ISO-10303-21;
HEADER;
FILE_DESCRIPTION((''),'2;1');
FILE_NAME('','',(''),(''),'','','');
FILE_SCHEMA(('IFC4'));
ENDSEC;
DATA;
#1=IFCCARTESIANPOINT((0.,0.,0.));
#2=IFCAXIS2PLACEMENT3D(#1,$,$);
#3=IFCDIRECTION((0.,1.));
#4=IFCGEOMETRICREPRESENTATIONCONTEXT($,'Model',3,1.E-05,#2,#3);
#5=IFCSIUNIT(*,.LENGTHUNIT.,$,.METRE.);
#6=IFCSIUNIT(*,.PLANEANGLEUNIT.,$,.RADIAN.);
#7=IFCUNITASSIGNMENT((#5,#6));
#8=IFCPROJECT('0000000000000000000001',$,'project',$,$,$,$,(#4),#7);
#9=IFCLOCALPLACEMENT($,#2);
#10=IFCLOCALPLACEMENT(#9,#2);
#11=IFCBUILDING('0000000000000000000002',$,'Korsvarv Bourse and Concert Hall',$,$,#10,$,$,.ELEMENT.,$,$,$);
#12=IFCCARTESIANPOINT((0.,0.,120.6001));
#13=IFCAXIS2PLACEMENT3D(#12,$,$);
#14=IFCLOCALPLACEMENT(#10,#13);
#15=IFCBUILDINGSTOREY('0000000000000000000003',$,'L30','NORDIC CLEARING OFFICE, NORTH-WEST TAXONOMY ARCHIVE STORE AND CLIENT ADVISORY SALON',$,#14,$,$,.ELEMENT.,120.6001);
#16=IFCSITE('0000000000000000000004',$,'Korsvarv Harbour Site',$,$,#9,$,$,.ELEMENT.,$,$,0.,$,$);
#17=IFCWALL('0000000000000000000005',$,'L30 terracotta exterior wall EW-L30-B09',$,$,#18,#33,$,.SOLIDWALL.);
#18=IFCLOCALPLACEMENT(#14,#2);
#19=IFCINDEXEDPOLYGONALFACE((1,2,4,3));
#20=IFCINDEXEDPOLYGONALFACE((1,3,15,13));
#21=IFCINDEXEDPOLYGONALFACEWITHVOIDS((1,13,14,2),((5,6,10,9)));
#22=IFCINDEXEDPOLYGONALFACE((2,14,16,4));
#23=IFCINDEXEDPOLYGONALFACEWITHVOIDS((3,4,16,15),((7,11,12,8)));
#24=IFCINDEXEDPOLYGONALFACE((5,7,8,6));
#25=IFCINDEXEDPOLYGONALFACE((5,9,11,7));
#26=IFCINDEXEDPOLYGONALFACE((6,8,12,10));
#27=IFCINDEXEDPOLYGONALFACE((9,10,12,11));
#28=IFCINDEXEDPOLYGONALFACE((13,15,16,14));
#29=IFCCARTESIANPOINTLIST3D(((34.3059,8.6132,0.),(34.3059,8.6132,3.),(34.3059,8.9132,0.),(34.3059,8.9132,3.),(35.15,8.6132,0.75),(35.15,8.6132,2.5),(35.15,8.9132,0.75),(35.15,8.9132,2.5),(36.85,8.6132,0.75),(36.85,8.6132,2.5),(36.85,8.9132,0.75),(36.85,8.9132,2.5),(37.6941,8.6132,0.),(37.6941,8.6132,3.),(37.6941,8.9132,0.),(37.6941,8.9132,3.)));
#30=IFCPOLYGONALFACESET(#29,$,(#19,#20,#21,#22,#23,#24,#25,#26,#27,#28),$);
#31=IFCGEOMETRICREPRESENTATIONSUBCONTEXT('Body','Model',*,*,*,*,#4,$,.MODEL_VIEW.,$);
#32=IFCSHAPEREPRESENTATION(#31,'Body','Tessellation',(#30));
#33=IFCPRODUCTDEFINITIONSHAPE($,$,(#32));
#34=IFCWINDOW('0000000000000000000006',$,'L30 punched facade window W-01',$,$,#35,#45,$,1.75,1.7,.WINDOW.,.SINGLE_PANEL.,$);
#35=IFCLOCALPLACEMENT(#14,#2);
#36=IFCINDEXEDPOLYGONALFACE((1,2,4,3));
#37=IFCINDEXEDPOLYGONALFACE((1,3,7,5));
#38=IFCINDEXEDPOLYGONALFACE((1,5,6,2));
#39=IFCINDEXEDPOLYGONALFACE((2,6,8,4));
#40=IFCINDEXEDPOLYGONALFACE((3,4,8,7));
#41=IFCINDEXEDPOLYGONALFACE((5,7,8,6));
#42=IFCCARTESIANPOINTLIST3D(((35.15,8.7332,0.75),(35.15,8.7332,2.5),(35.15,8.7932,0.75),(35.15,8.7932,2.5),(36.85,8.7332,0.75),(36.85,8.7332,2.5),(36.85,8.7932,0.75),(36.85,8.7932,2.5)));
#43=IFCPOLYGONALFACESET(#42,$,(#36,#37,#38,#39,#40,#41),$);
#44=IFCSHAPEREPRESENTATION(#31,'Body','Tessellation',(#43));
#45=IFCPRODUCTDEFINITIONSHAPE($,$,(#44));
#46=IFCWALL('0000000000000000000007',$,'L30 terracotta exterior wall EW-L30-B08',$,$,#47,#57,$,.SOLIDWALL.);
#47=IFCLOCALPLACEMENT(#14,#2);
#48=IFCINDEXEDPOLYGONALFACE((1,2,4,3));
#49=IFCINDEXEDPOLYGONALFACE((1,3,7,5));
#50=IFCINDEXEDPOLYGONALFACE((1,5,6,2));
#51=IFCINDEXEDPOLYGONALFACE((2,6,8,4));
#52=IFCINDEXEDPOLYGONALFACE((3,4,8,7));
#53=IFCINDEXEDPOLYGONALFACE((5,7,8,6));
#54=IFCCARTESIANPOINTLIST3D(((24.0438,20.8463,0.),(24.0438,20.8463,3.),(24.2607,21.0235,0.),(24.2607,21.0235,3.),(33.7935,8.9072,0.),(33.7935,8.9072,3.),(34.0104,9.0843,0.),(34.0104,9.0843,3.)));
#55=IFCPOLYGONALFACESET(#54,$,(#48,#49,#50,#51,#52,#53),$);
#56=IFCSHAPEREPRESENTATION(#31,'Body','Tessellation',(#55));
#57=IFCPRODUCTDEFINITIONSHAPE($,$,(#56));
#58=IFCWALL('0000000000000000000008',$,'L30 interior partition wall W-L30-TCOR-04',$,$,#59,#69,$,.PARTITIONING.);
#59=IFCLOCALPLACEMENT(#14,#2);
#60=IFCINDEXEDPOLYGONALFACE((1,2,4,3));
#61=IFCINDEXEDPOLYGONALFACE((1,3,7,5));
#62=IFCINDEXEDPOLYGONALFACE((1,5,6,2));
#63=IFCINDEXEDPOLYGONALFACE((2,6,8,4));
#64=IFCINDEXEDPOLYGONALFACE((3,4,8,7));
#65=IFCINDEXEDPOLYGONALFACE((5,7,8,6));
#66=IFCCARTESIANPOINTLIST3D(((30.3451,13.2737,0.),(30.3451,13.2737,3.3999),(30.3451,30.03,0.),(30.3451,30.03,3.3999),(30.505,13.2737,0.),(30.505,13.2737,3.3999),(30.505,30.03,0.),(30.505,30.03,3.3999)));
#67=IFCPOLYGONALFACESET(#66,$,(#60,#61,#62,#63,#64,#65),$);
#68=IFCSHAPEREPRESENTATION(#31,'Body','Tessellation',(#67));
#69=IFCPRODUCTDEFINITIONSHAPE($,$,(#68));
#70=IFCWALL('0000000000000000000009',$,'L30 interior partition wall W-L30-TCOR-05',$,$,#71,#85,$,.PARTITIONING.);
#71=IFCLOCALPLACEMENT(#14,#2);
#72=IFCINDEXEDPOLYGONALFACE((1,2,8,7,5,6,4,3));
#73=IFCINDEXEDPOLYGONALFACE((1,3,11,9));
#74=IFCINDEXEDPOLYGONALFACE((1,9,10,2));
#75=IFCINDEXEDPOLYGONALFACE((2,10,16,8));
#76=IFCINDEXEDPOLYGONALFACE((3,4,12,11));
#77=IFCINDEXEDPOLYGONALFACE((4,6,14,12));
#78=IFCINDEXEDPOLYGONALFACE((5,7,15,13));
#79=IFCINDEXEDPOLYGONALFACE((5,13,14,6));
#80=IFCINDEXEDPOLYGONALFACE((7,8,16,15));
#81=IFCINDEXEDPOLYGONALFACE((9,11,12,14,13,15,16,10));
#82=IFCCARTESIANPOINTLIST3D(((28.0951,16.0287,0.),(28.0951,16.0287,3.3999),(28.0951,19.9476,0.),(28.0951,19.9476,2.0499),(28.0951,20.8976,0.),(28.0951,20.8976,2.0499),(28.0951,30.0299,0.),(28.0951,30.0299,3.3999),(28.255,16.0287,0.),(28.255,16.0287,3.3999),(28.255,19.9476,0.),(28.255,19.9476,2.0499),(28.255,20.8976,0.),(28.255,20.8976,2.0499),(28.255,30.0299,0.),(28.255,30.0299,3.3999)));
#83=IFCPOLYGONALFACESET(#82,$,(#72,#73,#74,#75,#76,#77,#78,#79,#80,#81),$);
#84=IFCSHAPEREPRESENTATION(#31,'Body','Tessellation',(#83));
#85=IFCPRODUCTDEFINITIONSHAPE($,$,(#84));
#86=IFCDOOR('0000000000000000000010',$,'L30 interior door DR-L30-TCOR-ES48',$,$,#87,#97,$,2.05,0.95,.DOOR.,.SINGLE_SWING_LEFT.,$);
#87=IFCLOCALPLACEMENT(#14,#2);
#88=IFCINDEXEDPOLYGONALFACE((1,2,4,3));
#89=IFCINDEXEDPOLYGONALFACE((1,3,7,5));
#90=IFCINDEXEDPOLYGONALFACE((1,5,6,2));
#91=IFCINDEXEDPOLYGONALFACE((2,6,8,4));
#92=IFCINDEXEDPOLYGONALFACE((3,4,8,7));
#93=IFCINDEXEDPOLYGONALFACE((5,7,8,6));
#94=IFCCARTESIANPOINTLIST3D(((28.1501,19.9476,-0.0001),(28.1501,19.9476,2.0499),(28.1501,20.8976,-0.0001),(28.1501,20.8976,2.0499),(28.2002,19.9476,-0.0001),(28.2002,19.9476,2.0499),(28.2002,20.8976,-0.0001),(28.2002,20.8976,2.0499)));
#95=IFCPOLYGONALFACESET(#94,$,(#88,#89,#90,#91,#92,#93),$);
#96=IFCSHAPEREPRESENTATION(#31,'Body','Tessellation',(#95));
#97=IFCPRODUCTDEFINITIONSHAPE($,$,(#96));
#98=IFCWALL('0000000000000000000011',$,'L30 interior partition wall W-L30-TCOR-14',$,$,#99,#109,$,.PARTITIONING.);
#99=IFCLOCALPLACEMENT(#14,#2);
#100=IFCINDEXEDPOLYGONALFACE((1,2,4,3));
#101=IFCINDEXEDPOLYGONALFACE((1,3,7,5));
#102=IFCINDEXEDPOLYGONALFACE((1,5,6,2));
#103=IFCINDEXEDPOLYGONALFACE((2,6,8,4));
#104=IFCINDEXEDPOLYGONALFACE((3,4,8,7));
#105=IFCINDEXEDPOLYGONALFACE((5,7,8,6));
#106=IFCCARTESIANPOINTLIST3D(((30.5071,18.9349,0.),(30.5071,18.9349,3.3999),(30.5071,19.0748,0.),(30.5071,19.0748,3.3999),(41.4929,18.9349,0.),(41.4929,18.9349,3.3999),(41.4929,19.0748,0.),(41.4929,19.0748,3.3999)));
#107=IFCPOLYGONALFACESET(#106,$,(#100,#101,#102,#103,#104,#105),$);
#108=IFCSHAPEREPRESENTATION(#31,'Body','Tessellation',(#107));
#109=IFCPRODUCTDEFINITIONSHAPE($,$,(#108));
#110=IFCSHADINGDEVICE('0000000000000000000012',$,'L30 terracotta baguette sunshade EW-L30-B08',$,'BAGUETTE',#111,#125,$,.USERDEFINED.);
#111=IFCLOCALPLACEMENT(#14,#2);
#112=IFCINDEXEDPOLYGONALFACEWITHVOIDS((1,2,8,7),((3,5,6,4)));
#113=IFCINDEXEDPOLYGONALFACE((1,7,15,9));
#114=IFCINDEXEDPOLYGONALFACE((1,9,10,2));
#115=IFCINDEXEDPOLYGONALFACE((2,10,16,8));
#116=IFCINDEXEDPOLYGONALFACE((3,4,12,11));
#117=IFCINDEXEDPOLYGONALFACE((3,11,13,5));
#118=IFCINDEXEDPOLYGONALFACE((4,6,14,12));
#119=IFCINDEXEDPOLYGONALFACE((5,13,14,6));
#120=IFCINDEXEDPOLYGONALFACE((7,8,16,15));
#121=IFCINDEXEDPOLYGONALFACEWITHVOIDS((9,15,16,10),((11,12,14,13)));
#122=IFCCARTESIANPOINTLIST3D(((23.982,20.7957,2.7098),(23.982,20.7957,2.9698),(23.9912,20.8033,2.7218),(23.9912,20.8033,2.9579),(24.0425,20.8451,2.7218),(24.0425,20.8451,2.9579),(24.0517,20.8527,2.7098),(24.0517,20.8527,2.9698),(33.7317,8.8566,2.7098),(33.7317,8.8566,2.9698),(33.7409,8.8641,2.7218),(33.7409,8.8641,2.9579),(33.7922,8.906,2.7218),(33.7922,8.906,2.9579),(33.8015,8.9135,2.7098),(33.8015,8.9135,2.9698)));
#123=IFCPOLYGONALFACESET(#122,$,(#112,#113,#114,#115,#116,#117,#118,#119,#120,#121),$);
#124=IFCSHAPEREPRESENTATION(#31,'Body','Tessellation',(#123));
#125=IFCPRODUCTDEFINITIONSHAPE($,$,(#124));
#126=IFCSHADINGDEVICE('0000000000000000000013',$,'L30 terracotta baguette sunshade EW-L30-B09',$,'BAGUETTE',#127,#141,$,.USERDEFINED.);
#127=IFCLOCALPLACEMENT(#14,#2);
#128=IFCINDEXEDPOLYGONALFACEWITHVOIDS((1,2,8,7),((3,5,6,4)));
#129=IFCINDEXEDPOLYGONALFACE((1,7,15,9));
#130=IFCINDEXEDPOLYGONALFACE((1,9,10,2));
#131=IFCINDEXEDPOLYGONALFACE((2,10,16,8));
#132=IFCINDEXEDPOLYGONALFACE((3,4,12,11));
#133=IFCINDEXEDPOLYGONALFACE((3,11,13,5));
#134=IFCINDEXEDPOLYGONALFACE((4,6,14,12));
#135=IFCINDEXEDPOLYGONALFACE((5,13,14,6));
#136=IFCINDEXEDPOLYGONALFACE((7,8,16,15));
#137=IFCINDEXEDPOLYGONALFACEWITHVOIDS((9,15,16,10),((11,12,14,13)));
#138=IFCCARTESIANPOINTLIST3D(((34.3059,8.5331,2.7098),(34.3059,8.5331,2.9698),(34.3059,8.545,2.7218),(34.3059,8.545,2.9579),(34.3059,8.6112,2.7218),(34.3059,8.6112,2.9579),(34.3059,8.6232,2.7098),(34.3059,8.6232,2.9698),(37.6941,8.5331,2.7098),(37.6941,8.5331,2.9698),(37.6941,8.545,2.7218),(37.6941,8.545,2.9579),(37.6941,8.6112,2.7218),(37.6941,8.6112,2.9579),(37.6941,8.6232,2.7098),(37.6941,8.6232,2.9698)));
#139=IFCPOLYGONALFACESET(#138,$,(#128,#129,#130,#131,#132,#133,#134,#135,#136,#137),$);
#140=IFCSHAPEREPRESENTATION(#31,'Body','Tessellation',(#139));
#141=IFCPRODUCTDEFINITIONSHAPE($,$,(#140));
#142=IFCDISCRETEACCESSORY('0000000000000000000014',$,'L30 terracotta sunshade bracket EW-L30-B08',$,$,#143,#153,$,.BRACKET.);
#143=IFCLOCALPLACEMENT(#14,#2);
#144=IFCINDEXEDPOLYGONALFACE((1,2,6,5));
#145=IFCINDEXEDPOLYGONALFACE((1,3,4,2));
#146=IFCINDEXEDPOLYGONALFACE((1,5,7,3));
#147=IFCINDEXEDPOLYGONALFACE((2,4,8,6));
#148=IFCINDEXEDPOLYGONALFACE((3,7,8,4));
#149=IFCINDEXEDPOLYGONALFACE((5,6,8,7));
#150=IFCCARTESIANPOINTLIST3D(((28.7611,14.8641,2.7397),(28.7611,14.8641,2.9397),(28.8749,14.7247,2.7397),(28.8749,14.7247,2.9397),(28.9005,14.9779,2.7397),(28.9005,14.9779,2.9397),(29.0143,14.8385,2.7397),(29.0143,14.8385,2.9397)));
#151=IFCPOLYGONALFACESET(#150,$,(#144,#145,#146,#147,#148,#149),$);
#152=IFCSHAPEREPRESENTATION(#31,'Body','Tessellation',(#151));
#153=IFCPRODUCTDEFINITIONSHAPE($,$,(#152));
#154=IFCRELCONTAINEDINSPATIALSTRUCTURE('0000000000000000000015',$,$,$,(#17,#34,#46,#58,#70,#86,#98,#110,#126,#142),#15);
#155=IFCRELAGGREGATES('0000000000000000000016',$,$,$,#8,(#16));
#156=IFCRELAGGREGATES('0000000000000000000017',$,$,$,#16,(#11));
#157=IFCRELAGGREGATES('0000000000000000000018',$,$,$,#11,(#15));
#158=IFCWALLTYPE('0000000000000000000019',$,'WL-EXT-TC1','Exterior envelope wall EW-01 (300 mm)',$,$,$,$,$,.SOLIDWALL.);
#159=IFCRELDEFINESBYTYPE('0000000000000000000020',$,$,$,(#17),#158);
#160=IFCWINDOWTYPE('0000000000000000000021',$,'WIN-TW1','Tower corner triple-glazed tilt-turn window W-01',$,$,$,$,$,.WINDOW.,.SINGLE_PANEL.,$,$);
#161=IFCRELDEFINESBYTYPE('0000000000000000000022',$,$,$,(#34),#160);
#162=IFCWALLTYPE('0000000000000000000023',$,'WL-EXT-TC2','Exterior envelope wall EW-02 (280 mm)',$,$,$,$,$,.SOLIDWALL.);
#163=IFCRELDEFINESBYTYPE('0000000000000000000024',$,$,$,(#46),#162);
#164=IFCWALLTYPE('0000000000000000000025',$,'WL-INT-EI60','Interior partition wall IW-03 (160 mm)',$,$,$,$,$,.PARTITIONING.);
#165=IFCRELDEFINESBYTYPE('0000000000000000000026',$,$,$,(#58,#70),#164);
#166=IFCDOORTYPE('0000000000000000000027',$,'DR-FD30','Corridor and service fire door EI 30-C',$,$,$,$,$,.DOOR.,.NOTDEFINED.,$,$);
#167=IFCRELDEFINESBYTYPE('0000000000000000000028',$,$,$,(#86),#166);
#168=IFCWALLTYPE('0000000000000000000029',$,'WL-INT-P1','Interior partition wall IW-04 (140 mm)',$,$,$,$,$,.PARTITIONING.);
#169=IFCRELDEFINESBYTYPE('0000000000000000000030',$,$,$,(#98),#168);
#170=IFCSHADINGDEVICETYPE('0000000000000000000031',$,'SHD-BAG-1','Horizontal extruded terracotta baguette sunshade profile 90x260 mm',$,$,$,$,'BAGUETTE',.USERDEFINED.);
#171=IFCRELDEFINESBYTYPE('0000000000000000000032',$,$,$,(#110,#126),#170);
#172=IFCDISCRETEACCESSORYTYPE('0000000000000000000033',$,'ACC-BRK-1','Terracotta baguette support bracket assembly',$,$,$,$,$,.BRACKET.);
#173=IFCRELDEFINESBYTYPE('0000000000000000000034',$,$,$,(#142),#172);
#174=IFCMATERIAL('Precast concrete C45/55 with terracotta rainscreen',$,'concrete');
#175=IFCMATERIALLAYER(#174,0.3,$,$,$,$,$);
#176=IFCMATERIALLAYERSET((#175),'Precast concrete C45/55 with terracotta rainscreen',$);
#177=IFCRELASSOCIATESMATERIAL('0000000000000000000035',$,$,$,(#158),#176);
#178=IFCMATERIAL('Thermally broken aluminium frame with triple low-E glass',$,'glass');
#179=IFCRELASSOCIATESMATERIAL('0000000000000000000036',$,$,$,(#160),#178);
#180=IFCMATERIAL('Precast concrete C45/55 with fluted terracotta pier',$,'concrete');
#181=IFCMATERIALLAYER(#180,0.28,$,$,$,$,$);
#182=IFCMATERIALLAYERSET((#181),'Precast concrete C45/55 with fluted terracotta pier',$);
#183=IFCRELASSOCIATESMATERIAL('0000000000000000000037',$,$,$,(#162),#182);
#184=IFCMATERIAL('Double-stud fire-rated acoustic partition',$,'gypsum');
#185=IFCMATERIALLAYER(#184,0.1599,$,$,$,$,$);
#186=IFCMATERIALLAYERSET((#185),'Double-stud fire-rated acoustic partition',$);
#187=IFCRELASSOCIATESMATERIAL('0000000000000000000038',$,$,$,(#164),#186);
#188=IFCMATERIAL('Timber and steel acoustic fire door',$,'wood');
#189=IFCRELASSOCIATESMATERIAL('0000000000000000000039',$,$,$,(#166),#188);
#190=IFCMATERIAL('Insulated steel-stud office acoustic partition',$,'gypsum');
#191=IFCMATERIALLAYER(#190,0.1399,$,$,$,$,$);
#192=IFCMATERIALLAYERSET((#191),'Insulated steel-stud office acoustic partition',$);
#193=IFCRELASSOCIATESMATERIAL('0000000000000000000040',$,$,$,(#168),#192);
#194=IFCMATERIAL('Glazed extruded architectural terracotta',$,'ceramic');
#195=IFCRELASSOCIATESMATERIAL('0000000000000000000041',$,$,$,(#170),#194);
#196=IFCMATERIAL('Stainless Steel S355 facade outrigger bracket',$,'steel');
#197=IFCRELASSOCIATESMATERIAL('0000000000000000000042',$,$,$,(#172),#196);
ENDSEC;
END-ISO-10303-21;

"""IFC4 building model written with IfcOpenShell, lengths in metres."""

from ifc_helpers import new_model, si_unit, direction, frame, frame_2d, origin, origin_2d, place, context, subcontext, project, spatial, rectangle, hollow_rectangle, extrude, source, transform, mapped, material, layer, layer_set, material_profile, profile_set, type_object, element, fill, save


model = new_model("IFC4")

# Units and contexts
model_context = context("Model", 3, precision=1e-05, world=origin(), true_north=direction((0.0, 1.0)))
body_context = subcontext(model_context, "Body", "Model", "MODEL_VIEW")
ifc_project = project(units=[si_unit("LENGTHUNIT", "METRE"), si_unit("PLANEANGLEUNIT", "RADIAN")], contexts=[model_context])

# Site, building, storey
site_placement = place(None, origin())
site = spatial("IfcSite", under=ifc_project, at=site_placement, Name="Korsvarv Harbour Site", CompositionType="ELEMENT", RefElevation=0.0)
building_placement = place(site_placement, origin())
building = spatial("IfcBuilding", under=site, at=building_placement, Name="Korsvarv Bourse and Concert Hall", CompositionType="ELEMENT")
storey_placement = place(building_placement, frame((0.0, 0.0, 120.6001)))
storey = spatial("IfcBuildingStorey", under=building, at=storey_placement, Name="L30", Description="NORDIC CLEARING OFFICE, NORTH-WEST TAXONOMY ARCHIVE STORE AND CLIENT ADVISORY SALON", CompositionType="ELEMENT", Elevation=120.6001)

# Wall, opening, window
ifc_material_1 = material(Name="Precast concrete C45/55 with terracotta rainscreen", Category="concrete")
ifc_layer_1 = layer(ifc_material_1, 0.3)
ifc_layer_set_1 = layer_set([ifc_layer_1], Name="Precast concrete C45/55 with terracotta rainscreen")
wall_type_1 = type_object("IfcWallType", Name="WL-EXT-TC1", Description="Exterior envelope wall EW-01 (300 mm)", PredefinedType="SOLIDWALL", material=ifc_layer_set_1)
wall_1_placement = place(storey_placement, frame((34.3059, 8.7632, 0.0), z_axis=(0.0, 0.0, 1.0), x_axis=(1.0, 0.0, 0.0)))
wall_1 = element("IfcWall", 1, at=wall_1_placement, inside=storey, type_object=wall_type_1, Name="L30 terracotta exterior wall EW-L30-B09", PredefinedType="SOLIDWALL", context=body_context, shape_type="SweptSolid", body=[
    extrude(rectangle(XDim=3.3882, YDim=0.3, at=frame_2d((1.6941, 0.0))), origin(), (0.0, 0.0, 1.0), 3.0),
])
opening_1_placement = place(wall_1_placement, frame((0.844, 0.0, 0.75)))
opening_1 = element("IfcOpeningElement", 2, at=opening_1_placement, cuts=wall_1, PredefinedType="OPENING", context=body_context, shape_type="SweptSolid", body=[
    extrude(rectangle(XDim=1.7, YDim=1.75, at=frame_2d((0.8501, 0.875))), frame((0.0, 0.1602, 0.0), z_axis=(0.0, -1.0, 0.0), x_axis=(1.0, 0.0, 0.0)), (0.0, 0.0, 1.0), 0.3201),
])
ifc_material_2 = material(Name="Thermally broken aluminium frame with triple low-E glass", Category="glass")
window_type = type_object("IfcWindowType", Name="WIN-TW1", Description="Tower corner triple-glazed tilt-turn window W-01", PartitioningType="SINGLE_PANEL", PredefinedType="WINDOW", material=ifc_material_2)
window_placement = place(opening_1_placement, origin())
window = element("IfcWindow", 3, at=window_placement, inside=storey, type_object=window_type, Name="L30 punched facade window W-01", OverallHeight=1.75, OverallWidth=1.7, PartitioningType="SINGLE_PANEL", PredefinedType="WINDOW", context=body_context, shape_type="SweptSolid", body=[
    extrude(rectangle(XDim=1.7, YDim=1.75, at=frame_2d((0.8501, 0.875))), frame((0.0, 0.03, 0.0), z_axis=(0.0, -1.0, 0.0), x_axis=(1.0, 0.0, 0.0)), (0.0, 0.0, 1.0), 0.0601),
])
fill(opening_1, window)

# Walls
ifc_material_3 = material(Name="Precast concrete C45/55 with fluted terracotta pier", Category="concrete")
ifc_layer_2 = layer(ifc_material_3, 0.28)
ifc_layer_set_2 = layer_set([ifc_layer_2], Name="Precast concrete C45/55 with fluted terracotta pier")
wall_type_2 = type_object("IfcWallType", Name="WL-EXT-TC2", Description="Exterior envelope wall EW-02 (280 mm)", PredefinedType="SOLIDWALL", material=ifc_layer_set_2)
wall_2_placement = place(storey_placement, frame((24.1523, 20.9348, 0.0), z_axis=(0.0, 0.0, 1.0), x_axis=(0.632511, -0.774551, 0.0)))
element("IfcWall", 4, at=wall_2_placement, inside=storey, type_object=wall_type_2, Name="L30 terracotta exterior wall EW-L30-B08", PredefinedType="SOLIDWALL", context=body_context, shape_type="SweptSolid", body=[
    extrude(rectangle(XDim=15.4143, YDim=0.28, at=frame_2d((7.707, 0.0))), origin(), (0.0, 0.0, 1.0), 3.0),
])
ifc_material_4 = material(Name="Double-stud fire-rated acoustic partition", Category="gypsum")
ifc_layer_3 = layer(ifc_material_4, 0.1599)
ifc_layer_set_3 = layer_set([ifc_layer_3], Name="Double-stud fire-rated acoustic partition")
wall_type_3 = type_object("IfcWallType", Name="WL-INT-EI60", Description="Interior partition wall IW-03 (160 mm)", PredefinedType="PARTITIONING", material=ifc_layer_set_3)
wall_3_placement = place(storey_placement, frame((30.425, 13.2737, 0.0), z_axis=(0.0, 0.0, 1.0), x_axis=(0.0, 1.0, 0.0)))
element("IfcWall", 5, at=wall_3_placement, inside=storey, type_object=wall_type_3, Name="L30 interior partition wall W-L30-TCOR-04", PredefinedType="PARTITIONING", context=body_context, shape_type="SweptSolid", body=[
    extrude(rectangle(XDim=16.7563, YDim=0.1599, at=frame_2d((8.3782, 0.0))), origin(), (0.0, 0.0, 1.0), 3.3999),
])

# Wall, opening, door
wall_4_placement = place(storey_placement, frame((28.175, 16.0288, 0.0), z_axis=(0.0, 0.0, 1.0), x_axis=(0.0, 1.0, 0.0)))
wall_4 = element("IfcWall", 6, at=wall_4_placement, inside=storey, type_object=wall_type_3, Name="L30 interior partition wall W-L30-TCOR-05", PredefinedType="PARTITIONING", context=body_context, shape_type="SweptSolid", body=[
    extrude(rectangle(XDim=14.0012, YDim=0.1599, at=frame_2d((7.0005, 0.0))), origin(), (0.0, 0.0, 1.0), 3.3999),
])
opening_2_placement = place(wall_4_placement, frame((3.9187, 0.0, 0.0)))
opening_2 = element("IfcOpeningElement", 7, at=opening_2_placement, cuts=wall_4, PredefinedType="OPENING", context=body_context, shape_type="SweptSolid", body=[
    extrude(rectangle(XDim=0.95, YDim=2.05, at=frame_2d((0.4751, 1.0249))), frame((0.0, 0.0898, 0.0), z_axis=(0.0, -1.0, 0.0), x_axis=(1.0, 0.0, 0.0)), (0.0, 0.0, 1.0), 0.1799),
])
ifc_material_5 = material(Name="Timber and steel acoustic fire door", Category="wood")
door_type = type_object("IfcDoorType", Name="DR-FD30", Description="Corridor and service fire door EI 30-C", OperationType="NOTDEFINED", PredefinedType="DOOR", material=ifc_material_5)
door_placement = place(opening_2_placement, origin())
door = element("IfcDoor", 8, at=door_placement, inside=storey, type_object=door_type, Name="L30 interior door DR-L30-TCOR-ES48", OperationType="SINGLE_SWING_LEFT", OverallHeight=2.05, OverallWidth=0.95, PredefinedType="DOOR", context=body_context, shape_type="SweptSolid", body=[
    extrude(rectangle(XDim=0.95, YDim=2.05, at=frame_2d((0.4751, 1.0249))), frame((0.0, 0.0249, 0.0), z_axis=(0.0, -1.0, 0.0), x_axis=(1.0, 0.0, 0.0)), (0.0, 0.0, 1.0), 0.05),
])
fill(opening_2, door)

# Wall
ifc_material_6 = material(Name="Insulated steel-stud office acoustic partition", Category="gypsum")
ifc_layer_4 = layer(ifc_material_6, 0.1399)
ifc_layer_set_4 = layer_set([ifc_layer_4], Name="Insulated steel-stud office acoustic partition")
wall_type_4 = type_object("IfcWallType", Name="WL-INT-P1", Description="Interior partition wall IW-04 (140 mm)", PredefinedType="PARTITIONING", material=ifc_layer_set_4)
wall_5_placement = place(storey_placement, frame((30.5071, 19.0049, 0.0), z_axis=(0.0, 0.0, 1.0), x_axis=(1.0, 0.0, 0.0)))
element("IfcWall", 9, at=wall_5_placement, inside=storey, type_object=wall_type_4, Name="L30 interior partition wall W-L30-TCOR-14", PredefinedType="PARTITIONING", context=body_context, shape_type="SweptSolid", body=[
    extrude(rectangle(XDim=10.9858, YDim=0.1399, at=frame_2d((5.4929, 0.0))), origin(), (0.0, 0.0, 1.0), 3.3999),
])

# Shading devices
ifc_material_7 = material(Name="Glazed extruded architectural terracotta", Category="ceramic")
ifc_material_profile_1 = material_profile(ifc_material_7, hollow_rectangle(XDim=0.0901, YDim=0.26, WallThickness=0.012, at=origin_2d()), Name="TC-BAG 90x260")
ifc_profile_set_1 = profile_set([ifc_material_profile_1], Name="Glazed extruded architectural terracotta")
shading_device_type = type_object("IfcShadingDeviceType", Name="SHD-BAG-1", Description="Horizontal extruded terracotta baguette sunshade profile 90x260 mm", ElementType="BAGUETTE", PredefinedType="USERDEFINED", material=ifc_profile_set_1)
shared_shape_1 = source(origin(), body_context, "Body", "SweptSolid", [
    extrude(hollow_rectangle(XDim=0.0901, YDim=0.26, WallThickness=0.012, at=origin_2d()), origin(), (0.0, 0.0, 1.0), 15.4143),
])
shading_device_1_placement = place(storey_placement, frame((24.0168, 20.8242, 2.8398), z_axis=(0.632511, -0.774551, 0.0), x_axis=(0.774551, 0.632511, 0.0)))
element("IfcShadingDevice", 10, at=shading_device_1_placement, inside=storey, type_object=shading_device_type, Name="L30 terracotta baguette sunshade EW-L30-B08", ObjectType="BAGUETTE", PredefinedType="USERDEFINED", context=body_context, shape_type="MappedRepresentation", body=[
    mapped(shared_shape_1, transform((0.0, 0.0, 0.0), scale=1.0)),
])
shared_shape_2 = source(origin(), body_context, "Body", "SweptSolid", [
    extrude(hollow_rectangle(XDim=0.0901, YDim=0.26, WallThickness=0.012, at=origin_2d()), origin(), (0.0, 0.0, 1.0), 3.3882),
])
shading_device_2_placement = place(storey_placement, frame((34.3059, 8.5781, 2.8398), z_axis=(1.0, 0.0, 0.0), x_axis=(0.0, 1.0, 0.0)))
element("IfcShadingDevice", 11, at=shading_device_2_placement, inside=storey, type_object=shading_device_type, Name="L30 terracotta baguette sunshade EW-L30-B09", ObjectType="BAGUETTE", PredefinedType="USERDEFINED", context=body_context, shape_type="MappedRepresentation", body=[
    mapped(shared_shape_2, transform((0.0, 0.0, 0.0), scale=1.0)),
])

# Discrete accessory
ifc_material_8 = material(Name="Stainless Steel S355 facade outrigger bracket", Category="steel")
discrete_accessory_type = type_object("IfcDiscreteAccessoryType", Name="ACC-BRK-1", Description="Terracotta baguette support bracket assembly", PredefinedType="BRACKET", material=ifc_material_8)
shared_shape_3 = source(origin(), body_context, "Body", "SweptSolid", [
    extrude(rectangle(XDim=0.1799, YDim=0.1799, at=origin_2d()), origin(), (0.0, 0.0, 1.0), 0.2),
])
discrete_accessory_placement = place(storey_placement, frame((28.8877, 14.8513, 2.7397), z_axis=(0.0, 0.0, 1.0), x_axis=(0.63257, -0.774503, 0.0)))
element("IfcDiscreteAccessory", 12, at=discrete_accessory_placement, inside=storey, type_object=discrete_accessory_type, Name="L30 terracotta sunshade bracket EW-L30-B08", PredefinedType="BRACKET", context=body_context, shape_type="MappedRepresentation", body=[
    mapped(shared_shape_3, transform((0.0, 0.0, 0.0), scale=1.0)),
])

save(model, "model.ifc")
